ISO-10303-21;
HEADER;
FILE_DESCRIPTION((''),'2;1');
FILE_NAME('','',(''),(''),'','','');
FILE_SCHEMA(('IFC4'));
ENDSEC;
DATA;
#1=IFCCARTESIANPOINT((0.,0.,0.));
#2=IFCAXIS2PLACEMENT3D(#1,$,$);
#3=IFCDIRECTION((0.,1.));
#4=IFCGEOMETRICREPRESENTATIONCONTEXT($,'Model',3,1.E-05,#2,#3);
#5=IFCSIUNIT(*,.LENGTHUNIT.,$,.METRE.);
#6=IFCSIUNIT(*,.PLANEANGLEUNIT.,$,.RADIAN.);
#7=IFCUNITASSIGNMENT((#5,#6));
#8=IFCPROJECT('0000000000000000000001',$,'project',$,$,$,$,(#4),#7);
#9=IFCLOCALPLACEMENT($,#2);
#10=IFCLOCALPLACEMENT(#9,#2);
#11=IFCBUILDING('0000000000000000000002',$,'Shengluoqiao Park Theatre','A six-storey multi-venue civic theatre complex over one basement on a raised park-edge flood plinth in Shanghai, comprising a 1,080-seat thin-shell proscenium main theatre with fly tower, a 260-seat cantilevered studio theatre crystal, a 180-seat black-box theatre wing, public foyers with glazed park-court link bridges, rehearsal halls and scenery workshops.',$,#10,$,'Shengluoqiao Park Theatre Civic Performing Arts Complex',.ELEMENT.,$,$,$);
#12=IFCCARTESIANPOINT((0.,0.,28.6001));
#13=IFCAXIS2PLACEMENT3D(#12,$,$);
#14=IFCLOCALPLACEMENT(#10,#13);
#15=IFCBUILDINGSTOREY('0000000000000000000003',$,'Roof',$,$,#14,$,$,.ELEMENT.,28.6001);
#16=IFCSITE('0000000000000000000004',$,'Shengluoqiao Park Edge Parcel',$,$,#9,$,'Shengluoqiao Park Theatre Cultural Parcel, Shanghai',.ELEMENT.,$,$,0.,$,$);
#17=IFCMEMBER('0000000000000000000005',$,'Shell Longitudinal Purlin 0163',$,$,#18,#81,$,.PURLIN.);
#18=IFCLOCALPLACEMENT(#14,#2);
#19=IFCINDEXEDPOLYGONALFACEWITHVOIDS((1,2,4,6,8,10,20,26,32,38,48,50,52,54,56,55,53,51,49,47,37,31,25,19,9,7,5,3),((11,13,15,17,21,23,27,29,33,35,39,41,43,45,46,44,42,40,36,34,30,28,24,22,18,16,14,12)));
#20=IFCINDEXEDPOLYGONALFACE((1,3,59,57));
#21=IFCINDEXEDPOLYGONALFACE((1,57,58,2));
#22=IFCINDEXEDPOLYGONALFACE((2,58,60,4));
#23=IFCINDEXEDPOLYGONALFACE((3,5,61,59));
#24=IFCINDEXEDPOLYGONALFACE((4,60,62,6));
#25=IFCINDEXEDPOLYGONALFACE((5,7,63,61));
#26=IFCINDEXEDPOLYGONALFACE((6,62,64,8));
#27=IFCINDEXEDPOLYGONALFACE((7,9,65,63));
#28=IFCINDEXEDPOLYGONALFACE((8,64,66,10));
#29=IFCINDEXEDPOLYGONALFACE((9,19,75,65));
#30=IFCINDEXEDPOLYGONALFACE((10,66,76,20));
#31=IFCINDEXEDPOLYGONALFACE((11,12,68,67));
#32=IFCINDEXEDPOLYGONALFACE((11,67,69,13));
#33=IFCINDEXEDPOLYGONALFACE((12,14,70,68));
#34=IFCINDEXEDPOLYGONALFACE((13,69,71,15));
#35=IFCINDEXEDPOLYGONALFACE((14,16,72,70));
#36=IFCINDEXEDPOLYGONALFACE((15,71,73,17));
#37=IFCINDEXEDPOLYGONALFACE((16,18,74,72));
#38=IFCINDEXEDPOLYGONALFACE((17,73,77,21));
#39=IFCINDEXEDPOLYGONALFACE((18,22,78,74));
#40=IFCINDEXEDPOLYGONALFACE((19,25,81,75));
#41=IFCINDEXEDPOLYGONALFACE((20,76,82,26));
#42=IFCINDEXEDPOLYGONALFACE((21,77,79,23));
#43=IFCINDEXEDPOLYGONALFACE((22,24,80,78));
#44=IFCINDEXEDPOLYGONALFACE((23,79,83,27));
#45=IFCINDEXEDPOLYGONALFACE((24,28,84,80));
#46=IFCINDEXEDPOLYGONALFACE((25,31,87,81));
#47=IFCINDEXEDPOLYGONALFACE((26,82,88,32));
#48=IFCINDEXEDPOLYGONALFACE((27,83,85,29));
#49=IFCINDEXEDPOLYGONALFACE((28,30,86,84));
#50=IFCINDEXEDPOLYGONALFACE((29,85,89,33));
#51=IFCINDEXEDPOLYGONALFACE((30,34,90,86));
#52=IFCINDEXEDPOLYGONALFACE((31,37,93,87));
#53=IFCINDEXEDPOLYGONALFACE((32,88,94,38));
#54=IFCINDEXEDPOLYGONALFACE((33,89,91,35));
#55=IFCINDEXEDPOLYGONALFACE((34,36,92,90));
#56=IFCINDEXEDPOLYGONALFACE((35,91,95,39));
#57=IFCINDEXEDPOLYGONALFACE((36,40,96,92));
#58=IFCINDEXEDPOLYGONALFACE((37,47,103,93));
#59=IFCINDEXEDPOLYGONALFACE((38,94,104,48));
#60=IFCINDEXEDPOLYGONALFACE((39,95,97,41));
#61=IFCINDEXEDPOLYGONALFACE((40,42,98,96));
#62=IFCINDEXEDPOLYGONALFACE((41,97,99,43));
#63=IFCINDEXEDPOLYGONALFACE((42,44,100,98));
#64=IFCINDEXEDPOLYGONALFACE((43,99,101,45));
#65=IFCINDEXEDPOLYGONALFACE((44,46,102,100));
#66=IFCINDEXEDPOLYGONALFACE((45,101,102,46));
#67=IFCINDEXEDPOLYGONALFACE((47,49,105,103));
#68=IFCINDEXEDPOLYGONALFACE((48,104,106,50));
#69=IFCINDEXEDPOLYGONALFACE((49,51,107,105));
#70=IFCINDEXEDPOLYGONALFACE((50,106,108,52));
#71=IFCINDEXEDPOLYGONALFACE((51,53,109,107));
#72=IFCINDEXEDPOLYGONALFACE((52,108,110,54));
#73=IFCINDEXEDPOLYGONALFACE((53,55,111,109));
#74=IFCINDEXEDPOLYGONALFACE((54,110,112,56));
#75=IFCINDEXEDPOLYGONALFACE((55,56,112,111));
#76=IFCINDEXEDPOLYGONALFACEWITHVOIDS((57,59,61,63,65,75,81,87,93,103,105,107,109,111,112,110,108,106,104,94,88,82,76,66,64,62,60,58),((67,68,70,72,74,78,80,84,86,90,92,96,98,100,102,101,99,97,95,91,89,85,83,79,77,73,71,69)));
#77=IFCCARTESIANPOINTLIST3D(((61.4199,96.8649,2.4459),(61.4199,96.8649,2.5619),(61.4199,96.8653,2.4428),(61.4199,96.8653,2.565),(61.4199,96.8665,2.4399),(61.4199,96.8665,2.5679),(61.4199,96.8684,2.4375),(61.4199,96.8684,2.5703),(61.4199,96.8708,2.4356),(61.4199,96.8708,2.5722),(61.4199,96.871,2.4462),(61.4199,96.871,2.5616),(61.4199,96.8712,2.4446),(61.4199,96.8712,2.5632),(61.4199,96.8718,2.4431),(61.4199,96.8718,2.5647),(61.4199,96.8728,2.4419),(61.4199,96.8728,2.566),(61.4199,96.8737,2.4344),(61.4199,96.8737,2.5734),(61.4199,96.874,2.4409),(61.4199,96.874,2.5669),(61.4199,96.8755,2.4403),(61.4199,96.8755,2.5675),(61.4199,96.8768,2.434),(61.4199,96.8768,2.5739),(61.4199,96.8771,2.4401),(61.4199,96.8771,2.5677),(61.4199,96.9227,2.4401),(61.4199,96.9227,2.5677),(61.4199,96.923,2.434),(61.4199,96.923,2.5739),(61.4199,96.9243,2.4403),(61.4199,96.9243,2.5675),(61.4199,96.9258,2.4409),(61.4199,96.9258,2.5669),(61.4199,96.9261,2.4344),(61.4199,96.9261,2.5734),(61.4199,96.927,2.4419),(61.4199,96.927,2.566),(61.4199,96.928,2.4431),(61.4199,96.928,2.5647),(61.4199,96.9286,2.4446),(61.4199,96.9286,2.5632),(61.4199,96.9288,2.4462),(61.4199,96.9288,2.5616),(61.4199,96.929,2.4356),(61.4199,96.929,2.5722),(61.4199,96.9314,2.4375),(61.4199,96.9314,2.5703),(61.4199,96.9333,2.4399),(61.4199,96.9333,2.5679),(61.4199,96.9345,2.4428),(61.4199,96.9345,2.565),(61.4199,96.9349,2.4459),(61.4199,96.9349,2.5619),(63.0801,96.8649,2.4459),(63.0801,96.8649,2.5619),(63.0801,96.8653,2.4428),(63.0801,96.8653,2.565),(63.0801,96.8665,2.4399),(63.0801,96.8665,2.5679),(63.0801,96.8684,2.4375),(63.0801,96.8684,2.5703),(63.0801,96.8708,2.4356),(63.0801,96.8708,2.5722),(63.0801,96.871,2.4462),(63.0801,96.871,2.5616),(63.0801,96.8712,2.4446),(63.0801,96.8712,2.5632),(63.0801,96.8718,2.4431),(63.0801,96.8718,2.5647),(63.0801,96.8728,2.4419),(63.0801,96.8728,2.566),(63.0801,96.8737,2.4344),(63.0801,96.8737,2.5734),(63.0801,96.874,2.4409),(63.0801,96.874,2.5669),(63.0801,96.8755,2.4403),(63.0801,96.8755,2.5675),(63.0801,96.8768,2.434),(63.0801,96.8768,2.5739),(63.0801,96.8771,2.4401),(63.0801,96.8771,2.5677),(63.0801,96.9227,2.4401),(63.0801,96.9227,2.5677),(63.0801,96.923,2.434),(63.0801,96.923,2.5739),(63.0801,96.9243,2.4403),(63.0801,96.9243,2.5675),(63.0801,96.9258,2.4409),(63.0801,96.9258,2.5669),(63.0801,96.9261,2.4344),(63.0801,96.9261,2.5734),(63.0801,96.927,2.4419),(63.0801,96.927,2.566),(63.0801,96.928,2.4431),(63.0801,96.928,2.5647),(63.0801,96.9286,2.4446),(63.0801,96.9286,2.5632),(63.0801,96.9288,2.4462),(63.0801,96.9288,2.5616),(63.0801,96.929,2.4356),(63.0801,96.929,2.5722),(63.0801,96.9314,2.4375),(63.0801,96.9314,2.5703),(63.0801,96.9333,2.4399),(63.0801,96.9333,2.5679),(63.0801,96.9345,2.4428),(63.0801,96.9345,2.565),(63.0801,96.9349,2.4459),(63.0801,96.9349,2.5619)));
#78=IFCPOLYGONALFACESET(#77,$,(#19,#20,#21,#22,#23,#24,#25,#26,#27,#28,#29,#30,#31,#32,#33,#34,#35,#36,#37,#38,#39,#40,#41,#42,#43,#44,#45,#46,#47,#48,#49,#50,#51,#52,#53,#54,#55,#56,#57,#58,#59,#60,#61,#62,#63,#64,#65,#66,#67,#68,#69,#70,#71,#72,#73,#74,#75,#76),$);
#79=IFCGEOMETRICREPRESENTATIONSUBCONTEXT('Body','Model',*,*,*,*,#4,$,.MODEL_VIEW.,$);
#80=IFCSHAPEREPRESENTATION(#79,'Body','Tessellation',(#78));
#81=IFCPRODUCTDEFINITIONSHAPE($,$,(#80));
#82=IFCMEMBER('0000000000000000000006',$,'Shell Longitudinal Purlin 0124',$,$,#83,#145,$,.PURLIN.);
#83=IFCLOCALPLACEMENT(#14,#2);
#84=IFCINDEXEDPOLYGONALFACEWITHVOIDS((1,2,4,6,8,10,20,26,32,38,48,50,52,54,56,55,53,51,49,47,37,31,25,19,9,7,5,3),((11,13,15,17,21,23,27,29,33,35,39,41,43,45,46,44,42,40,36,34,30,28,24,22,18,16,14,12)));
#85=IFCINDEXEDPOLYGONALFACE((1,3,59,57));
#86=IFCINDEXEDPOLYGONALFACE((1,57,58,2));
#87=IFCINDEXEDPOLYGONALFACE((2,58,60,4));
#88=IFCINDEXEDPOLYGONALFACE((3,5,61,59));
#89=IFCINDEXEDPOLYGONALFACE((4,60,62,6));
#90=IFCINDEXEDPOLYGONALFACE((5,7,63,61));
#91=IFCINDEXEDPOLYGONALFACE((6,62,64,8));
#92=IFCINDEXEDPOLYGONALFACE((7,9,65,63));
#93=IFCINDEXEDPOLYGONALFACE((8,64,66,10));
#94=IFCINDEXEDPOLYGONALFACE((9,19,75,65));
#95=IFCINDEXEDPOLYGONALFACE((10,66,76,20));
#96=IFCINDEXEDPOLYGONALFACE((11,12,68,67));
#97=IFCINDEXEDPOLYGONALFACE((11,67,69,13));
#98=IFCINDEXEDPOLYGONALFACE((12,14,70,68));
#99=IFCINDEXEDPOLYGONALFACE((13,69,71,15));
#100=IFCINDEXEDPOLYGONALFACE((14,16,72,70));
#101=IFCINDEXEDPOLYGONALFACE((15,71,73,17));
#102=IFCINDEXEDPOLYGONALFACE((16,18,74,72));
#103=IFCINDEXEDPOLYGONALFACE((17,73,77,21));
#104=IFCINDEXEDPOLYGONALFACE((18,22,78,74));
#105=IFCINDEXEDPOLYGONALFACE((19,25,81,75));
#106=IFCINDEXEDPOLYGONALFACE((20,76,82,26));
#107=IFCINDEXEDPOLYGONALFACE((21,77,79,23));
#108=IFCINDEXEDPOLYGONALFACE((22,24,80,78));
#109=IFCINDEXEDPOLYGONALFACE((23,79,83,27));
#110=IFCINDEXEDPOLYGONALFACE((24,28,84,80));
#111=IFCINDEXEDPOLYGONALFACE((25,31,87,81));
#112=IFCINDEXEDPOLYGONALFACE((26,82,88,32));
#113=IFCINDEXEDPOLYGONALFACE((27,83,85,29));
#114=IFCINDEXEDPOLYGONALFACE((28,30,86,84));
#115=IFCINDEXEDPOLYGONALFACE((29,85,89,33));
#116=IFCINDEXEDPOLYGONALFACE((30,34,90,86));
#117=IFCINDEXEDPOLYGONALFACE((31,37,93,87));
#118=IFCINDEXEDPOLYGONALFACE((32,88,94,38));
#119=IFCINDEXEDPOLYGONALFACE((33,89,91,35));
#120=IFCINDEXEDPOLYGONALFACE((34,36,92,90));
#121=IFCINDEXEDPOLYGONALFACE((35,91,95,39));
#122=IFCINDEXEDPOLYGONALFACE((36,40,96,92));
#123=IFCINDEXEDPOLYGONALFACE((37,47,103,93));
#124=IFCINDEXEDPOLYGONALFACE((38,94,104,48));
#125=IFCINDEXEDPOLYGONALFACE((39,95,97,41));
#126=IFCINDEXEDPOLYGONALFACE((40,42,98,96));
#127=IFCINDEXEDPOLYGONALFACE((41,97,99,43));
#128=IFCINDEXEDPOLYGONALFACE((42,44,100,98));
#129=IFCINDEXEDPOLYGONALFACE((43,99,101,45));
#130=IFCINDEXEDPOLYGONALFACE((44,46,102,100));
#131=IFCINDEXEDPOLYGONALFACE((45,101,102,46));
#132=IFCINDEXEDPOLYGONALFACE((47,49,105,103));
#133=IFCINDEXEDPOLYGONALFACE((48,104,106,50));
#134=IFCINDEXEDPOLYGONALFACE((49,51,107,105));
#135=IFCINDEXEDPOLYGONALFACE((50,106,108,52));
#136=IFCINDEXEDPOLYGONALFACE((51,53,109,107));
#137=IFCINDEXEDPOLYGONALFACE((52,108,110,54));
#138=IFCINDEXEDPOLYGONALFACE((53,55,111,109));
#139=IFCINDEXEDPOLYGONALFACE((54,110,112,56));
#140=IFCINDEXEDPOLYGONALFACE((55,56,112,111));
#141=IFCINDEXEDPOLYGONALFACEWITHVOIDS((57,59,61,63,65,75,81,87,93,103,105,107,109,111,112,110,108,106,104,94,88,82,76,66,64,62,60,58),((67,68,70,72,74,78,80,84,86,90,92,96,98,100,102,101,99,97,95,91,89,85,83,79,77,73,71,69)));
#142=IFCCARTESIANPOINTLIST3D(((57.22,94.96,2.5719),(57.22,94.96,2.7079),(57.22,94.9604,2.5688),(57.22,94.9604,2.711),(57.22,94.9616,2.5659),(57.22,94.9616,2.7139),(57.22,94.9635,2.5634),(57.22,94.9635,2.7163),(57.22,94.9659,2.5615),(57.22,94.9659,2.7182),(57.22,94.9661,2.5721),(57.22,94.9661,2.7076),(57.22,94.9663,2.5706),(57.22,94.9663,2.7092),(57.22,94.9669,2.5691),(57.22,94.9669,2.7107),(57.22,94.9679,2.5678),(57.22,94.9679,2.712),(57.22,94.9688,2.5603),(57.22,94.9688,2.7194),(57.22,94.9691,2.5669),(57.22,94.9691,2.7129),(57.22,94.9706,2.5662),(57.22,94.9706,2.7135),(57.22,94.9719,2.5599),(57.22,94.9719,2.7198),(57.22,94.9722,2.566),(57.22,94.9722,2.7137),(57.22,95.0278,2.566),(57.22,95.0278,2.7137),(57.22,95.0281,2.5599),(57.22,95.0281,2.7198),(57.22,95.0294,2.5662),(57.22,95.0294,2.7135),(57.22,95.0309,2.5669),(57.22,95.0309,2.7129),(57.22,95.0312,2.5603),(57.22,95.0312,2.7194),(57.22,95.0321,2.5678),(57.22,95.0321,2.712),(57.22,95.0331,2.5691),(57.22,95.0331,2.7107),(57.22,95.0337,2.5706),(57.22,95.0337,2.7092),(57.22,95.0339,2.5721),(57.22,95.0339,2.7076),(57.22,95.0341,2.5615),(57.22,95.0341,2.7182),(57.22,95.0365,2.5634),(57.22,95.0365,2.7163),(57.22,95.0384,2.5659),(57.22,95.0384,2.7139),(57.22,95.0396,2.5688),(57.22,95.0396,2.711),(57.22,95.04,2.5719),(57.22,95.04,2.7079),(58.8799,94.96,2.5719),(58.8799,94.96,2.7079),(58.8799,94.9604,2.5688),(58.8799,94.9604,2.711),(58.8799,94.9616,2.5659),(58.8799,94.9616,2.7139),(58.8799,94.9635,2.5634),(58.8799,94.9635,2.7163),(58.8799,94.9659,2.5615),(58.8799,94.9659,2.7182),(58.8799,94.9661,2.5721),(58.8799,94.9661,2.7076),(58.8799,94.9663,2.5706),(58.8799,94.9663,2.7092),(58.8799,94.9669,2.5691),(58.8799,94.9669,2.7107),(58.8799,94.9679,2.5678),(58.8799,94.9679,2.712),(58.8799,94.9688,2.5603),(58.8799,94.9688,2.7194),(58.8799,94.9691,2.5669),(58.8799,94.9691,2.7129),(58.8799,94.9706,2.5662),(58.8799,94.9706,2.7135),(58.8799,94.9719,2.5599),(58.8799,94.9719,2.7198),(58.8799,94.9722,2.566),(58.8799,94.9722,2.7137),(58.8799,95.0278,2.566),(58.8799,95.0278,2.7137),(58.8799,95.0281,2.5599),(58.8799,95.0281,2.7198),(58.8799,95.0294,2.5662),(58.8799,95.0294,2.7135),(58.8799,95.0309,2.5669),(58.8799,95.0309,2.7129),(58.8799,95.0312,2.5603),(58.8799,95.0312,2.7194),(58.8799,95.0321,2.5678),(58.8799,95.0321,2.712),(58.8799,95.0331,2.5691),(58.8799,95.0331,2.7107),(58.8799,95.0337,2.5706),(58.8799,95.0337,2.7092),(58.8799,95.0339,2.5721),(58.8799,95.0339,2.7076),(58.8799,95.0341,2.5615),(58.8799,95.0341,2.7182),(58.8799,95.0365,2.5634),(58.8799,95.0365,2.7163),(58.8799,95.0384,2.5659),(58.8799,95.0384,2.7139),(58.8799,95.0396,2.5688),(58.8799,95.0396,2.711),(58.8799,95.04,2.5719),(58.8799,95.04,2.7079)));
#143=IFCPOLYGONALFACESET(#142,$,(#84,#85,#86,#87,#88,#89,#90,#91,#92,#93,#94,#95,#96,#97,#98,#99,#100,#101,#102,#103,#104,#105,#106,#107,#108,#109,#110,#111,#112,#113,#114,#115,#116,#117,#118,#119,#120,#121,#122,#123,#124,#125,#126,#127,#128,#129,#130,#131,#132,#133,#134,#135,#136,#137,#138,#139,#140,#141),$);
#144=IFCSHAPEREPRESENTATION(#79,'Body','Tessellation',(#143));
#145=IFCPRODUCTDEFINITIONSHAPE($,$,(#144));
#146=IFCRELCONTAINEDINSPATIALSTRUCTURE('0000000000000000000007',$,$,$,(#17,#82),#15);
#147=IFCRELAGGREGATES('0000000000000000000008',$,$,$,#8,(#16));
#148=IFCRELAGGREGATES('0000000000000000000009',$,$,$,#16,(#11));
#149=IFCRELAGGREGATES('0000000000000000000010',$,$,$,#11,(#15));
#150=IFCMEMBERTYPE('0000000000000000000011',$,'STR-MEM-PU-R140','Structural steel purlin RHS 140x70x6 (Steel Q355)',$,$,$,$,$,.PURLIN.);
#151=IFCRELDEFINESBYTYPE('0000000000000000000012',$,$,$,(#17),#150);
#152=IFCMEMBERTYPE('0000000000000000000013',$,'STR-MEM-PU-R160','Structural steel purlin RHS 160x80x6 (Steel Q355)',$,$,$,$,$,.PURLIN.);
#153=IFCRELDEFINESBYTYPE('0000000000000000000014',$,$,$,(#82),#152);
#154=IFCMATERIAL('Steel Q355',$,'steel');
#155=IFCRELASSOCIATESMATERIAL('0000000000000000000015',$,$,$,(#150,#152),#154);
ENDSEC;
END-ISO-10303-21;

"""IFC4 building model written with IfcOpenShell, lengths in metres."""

from ifc_helpers import new_model, si_unit, direction, frame, origin, origin_2d, place, context, subcontext, project, spatial, hollow_rectangle, extrude, material, material_profile, profile_set, type_object, element, save


model = new_model("IFC4")

# Units and contexts
model_context = context("Model", 3, precision=1e-05, world=origin(), true_north=direction((0.0, 1.0)))
body_context = subcontext(model_context, "Body", "Model", "MODEL_VIEW")
ifc_project = project(units=[si_unit("LENGTHUNIT", "METRE"), si_unit("PLANEANGLEUNIT", "RADIAN")], contexts=[model_context])

# Site, building, storey
site_placement = place(None, origin())
site = spatial("IfcSite", under=ifc_project, at=site_placement, Name="Shengluoqiao Park Edge Parcel", LongName="Shengluoqiao Park Theatre Cultural Parcel, Shanghai", CompositionType="ELEMENT", RefElevation=0.0)
building_placement = place(site_placement, origin())
building = spatial("IfcBuilding", under=site, at=building_placement, Name="Shengluoqiao Park Theatre", Description="A six-storey multi-venue civic theatre complex over one basement on a raised park-edge flood plinth in Shanghai, comprising a 1,080-seat thin-shell proscenium main theatre with fly tower, a 260-seat cantilevered studio theatre crystal, a 180-seat black-box theatre wing, public foyers with glazed park-court link bridges, rehearsal halls and scenery workshops.", LongName="Shengluoqiao Park Theatre Civic Performing Arts Complex", CompositionType="ELEMENT")
storey_placement = place(building_placement, frame((0.0, 0.0, 28.6001)))
storey = spatial("IfcBuildingStorey", under=building, at=storey_placement, Name="Roof", CompositionType="ELEMENT", Elevation=28.6001)

# Shared definitions
ifc_material_1 = material(Name="Steel Q355", Category="steel")

# Members
ifc_material_profile_1 = material_profile(ifc_material_1, hollow_rectangle(XDim=0.0701, YDim=0.1399, WallThickness=0.0061, InnerFilletRadius=0.0061, OuterFilletRadius=0.012, at=origin_2d()), Name="RHS 140x70x6")
ifc_profile_set_1 = profile_set([ifc_material_profile_1], Name="Steel Q355")
member_type_1 = type_object("IfcMemberType", Name="STR-MEM-PU-R140", Description="Structural steel purlin RHS 140x70x6 (Steel Q355)", PredefinedType="PURLIN", material=ifc_profile_set_1)
member_1_placement = place(storey_placement, frame((61.4199, 96.8999, 2.5039), z_axis=(1.0, 0.0, 0.0), x_axis=(0.0, 1.0, 0.0)))
element("IfcMember", 1, at=member_1_placement, inside=storey, type_object=member_type_1, Name="Shell Longitudinal Purlin 0163", PredefinedType="PURLIN", context=body_context, shape_type="SweptSolid", body=[
    extrude(hollow_rectangle(XDim=0.0701, YDim=0.1399, WallThickness=0.0061, InnerFilletRadius=0.0061, OuterFilletRadius=0.012, at=origin_2d()), origin(), (0.0, 0.0, 1.0), 1.6602),
])
ifc_material_profile_2 = material_profile(ifc_material_1, hollow_rectangle(XDim=0.0801, YDim=0.1599, WallThickness=0.0061, InnerFilletRadius=0.0061, OuterFilletRadius=0.012, at=origin_2d()), Name="RHS 160x80x6")
ifc_profile_set_2 = profile_set([ifc_material_profile_2], Name="Steel Q355")
member_type_2 = type_object("IfcMemberType", Name="STR-MEM-PU-R160", Description="Structural steel purlin RHS 160x80x6 (Steel Q355)", PredefinedType="PURLIN", material=ifc_profile_set_2)
for number, where, z_axis, x_axis, name in (
    (2, (57.22, 95.0, 2.6399), (1.0, 0.0, 0.0), (0.0, 1.0, 0.0), "Shell Longitudinal Purlin 0124"),
):
    element("IfcMember", number, at=place(storey_placement, frame(where, z_axis=z_axis, x_axis=x_axis)), inside=storey, type_object=member_type_2, Name=name, PredefinedType="PURLIN", context=body_context, shape_type="SweptSolid", body=[
        extrude(hollow_rectangle(XDim=0.0801, YDim=0.1599, WallThickness=0.0061, InnerFilletRadius=0.0061, OuterFilletRadius=0.012, at=origin_2d()), origin(), (0.0, 0.0, 1.0), 1.6599),
    ])

save(model, "model.ifc")
